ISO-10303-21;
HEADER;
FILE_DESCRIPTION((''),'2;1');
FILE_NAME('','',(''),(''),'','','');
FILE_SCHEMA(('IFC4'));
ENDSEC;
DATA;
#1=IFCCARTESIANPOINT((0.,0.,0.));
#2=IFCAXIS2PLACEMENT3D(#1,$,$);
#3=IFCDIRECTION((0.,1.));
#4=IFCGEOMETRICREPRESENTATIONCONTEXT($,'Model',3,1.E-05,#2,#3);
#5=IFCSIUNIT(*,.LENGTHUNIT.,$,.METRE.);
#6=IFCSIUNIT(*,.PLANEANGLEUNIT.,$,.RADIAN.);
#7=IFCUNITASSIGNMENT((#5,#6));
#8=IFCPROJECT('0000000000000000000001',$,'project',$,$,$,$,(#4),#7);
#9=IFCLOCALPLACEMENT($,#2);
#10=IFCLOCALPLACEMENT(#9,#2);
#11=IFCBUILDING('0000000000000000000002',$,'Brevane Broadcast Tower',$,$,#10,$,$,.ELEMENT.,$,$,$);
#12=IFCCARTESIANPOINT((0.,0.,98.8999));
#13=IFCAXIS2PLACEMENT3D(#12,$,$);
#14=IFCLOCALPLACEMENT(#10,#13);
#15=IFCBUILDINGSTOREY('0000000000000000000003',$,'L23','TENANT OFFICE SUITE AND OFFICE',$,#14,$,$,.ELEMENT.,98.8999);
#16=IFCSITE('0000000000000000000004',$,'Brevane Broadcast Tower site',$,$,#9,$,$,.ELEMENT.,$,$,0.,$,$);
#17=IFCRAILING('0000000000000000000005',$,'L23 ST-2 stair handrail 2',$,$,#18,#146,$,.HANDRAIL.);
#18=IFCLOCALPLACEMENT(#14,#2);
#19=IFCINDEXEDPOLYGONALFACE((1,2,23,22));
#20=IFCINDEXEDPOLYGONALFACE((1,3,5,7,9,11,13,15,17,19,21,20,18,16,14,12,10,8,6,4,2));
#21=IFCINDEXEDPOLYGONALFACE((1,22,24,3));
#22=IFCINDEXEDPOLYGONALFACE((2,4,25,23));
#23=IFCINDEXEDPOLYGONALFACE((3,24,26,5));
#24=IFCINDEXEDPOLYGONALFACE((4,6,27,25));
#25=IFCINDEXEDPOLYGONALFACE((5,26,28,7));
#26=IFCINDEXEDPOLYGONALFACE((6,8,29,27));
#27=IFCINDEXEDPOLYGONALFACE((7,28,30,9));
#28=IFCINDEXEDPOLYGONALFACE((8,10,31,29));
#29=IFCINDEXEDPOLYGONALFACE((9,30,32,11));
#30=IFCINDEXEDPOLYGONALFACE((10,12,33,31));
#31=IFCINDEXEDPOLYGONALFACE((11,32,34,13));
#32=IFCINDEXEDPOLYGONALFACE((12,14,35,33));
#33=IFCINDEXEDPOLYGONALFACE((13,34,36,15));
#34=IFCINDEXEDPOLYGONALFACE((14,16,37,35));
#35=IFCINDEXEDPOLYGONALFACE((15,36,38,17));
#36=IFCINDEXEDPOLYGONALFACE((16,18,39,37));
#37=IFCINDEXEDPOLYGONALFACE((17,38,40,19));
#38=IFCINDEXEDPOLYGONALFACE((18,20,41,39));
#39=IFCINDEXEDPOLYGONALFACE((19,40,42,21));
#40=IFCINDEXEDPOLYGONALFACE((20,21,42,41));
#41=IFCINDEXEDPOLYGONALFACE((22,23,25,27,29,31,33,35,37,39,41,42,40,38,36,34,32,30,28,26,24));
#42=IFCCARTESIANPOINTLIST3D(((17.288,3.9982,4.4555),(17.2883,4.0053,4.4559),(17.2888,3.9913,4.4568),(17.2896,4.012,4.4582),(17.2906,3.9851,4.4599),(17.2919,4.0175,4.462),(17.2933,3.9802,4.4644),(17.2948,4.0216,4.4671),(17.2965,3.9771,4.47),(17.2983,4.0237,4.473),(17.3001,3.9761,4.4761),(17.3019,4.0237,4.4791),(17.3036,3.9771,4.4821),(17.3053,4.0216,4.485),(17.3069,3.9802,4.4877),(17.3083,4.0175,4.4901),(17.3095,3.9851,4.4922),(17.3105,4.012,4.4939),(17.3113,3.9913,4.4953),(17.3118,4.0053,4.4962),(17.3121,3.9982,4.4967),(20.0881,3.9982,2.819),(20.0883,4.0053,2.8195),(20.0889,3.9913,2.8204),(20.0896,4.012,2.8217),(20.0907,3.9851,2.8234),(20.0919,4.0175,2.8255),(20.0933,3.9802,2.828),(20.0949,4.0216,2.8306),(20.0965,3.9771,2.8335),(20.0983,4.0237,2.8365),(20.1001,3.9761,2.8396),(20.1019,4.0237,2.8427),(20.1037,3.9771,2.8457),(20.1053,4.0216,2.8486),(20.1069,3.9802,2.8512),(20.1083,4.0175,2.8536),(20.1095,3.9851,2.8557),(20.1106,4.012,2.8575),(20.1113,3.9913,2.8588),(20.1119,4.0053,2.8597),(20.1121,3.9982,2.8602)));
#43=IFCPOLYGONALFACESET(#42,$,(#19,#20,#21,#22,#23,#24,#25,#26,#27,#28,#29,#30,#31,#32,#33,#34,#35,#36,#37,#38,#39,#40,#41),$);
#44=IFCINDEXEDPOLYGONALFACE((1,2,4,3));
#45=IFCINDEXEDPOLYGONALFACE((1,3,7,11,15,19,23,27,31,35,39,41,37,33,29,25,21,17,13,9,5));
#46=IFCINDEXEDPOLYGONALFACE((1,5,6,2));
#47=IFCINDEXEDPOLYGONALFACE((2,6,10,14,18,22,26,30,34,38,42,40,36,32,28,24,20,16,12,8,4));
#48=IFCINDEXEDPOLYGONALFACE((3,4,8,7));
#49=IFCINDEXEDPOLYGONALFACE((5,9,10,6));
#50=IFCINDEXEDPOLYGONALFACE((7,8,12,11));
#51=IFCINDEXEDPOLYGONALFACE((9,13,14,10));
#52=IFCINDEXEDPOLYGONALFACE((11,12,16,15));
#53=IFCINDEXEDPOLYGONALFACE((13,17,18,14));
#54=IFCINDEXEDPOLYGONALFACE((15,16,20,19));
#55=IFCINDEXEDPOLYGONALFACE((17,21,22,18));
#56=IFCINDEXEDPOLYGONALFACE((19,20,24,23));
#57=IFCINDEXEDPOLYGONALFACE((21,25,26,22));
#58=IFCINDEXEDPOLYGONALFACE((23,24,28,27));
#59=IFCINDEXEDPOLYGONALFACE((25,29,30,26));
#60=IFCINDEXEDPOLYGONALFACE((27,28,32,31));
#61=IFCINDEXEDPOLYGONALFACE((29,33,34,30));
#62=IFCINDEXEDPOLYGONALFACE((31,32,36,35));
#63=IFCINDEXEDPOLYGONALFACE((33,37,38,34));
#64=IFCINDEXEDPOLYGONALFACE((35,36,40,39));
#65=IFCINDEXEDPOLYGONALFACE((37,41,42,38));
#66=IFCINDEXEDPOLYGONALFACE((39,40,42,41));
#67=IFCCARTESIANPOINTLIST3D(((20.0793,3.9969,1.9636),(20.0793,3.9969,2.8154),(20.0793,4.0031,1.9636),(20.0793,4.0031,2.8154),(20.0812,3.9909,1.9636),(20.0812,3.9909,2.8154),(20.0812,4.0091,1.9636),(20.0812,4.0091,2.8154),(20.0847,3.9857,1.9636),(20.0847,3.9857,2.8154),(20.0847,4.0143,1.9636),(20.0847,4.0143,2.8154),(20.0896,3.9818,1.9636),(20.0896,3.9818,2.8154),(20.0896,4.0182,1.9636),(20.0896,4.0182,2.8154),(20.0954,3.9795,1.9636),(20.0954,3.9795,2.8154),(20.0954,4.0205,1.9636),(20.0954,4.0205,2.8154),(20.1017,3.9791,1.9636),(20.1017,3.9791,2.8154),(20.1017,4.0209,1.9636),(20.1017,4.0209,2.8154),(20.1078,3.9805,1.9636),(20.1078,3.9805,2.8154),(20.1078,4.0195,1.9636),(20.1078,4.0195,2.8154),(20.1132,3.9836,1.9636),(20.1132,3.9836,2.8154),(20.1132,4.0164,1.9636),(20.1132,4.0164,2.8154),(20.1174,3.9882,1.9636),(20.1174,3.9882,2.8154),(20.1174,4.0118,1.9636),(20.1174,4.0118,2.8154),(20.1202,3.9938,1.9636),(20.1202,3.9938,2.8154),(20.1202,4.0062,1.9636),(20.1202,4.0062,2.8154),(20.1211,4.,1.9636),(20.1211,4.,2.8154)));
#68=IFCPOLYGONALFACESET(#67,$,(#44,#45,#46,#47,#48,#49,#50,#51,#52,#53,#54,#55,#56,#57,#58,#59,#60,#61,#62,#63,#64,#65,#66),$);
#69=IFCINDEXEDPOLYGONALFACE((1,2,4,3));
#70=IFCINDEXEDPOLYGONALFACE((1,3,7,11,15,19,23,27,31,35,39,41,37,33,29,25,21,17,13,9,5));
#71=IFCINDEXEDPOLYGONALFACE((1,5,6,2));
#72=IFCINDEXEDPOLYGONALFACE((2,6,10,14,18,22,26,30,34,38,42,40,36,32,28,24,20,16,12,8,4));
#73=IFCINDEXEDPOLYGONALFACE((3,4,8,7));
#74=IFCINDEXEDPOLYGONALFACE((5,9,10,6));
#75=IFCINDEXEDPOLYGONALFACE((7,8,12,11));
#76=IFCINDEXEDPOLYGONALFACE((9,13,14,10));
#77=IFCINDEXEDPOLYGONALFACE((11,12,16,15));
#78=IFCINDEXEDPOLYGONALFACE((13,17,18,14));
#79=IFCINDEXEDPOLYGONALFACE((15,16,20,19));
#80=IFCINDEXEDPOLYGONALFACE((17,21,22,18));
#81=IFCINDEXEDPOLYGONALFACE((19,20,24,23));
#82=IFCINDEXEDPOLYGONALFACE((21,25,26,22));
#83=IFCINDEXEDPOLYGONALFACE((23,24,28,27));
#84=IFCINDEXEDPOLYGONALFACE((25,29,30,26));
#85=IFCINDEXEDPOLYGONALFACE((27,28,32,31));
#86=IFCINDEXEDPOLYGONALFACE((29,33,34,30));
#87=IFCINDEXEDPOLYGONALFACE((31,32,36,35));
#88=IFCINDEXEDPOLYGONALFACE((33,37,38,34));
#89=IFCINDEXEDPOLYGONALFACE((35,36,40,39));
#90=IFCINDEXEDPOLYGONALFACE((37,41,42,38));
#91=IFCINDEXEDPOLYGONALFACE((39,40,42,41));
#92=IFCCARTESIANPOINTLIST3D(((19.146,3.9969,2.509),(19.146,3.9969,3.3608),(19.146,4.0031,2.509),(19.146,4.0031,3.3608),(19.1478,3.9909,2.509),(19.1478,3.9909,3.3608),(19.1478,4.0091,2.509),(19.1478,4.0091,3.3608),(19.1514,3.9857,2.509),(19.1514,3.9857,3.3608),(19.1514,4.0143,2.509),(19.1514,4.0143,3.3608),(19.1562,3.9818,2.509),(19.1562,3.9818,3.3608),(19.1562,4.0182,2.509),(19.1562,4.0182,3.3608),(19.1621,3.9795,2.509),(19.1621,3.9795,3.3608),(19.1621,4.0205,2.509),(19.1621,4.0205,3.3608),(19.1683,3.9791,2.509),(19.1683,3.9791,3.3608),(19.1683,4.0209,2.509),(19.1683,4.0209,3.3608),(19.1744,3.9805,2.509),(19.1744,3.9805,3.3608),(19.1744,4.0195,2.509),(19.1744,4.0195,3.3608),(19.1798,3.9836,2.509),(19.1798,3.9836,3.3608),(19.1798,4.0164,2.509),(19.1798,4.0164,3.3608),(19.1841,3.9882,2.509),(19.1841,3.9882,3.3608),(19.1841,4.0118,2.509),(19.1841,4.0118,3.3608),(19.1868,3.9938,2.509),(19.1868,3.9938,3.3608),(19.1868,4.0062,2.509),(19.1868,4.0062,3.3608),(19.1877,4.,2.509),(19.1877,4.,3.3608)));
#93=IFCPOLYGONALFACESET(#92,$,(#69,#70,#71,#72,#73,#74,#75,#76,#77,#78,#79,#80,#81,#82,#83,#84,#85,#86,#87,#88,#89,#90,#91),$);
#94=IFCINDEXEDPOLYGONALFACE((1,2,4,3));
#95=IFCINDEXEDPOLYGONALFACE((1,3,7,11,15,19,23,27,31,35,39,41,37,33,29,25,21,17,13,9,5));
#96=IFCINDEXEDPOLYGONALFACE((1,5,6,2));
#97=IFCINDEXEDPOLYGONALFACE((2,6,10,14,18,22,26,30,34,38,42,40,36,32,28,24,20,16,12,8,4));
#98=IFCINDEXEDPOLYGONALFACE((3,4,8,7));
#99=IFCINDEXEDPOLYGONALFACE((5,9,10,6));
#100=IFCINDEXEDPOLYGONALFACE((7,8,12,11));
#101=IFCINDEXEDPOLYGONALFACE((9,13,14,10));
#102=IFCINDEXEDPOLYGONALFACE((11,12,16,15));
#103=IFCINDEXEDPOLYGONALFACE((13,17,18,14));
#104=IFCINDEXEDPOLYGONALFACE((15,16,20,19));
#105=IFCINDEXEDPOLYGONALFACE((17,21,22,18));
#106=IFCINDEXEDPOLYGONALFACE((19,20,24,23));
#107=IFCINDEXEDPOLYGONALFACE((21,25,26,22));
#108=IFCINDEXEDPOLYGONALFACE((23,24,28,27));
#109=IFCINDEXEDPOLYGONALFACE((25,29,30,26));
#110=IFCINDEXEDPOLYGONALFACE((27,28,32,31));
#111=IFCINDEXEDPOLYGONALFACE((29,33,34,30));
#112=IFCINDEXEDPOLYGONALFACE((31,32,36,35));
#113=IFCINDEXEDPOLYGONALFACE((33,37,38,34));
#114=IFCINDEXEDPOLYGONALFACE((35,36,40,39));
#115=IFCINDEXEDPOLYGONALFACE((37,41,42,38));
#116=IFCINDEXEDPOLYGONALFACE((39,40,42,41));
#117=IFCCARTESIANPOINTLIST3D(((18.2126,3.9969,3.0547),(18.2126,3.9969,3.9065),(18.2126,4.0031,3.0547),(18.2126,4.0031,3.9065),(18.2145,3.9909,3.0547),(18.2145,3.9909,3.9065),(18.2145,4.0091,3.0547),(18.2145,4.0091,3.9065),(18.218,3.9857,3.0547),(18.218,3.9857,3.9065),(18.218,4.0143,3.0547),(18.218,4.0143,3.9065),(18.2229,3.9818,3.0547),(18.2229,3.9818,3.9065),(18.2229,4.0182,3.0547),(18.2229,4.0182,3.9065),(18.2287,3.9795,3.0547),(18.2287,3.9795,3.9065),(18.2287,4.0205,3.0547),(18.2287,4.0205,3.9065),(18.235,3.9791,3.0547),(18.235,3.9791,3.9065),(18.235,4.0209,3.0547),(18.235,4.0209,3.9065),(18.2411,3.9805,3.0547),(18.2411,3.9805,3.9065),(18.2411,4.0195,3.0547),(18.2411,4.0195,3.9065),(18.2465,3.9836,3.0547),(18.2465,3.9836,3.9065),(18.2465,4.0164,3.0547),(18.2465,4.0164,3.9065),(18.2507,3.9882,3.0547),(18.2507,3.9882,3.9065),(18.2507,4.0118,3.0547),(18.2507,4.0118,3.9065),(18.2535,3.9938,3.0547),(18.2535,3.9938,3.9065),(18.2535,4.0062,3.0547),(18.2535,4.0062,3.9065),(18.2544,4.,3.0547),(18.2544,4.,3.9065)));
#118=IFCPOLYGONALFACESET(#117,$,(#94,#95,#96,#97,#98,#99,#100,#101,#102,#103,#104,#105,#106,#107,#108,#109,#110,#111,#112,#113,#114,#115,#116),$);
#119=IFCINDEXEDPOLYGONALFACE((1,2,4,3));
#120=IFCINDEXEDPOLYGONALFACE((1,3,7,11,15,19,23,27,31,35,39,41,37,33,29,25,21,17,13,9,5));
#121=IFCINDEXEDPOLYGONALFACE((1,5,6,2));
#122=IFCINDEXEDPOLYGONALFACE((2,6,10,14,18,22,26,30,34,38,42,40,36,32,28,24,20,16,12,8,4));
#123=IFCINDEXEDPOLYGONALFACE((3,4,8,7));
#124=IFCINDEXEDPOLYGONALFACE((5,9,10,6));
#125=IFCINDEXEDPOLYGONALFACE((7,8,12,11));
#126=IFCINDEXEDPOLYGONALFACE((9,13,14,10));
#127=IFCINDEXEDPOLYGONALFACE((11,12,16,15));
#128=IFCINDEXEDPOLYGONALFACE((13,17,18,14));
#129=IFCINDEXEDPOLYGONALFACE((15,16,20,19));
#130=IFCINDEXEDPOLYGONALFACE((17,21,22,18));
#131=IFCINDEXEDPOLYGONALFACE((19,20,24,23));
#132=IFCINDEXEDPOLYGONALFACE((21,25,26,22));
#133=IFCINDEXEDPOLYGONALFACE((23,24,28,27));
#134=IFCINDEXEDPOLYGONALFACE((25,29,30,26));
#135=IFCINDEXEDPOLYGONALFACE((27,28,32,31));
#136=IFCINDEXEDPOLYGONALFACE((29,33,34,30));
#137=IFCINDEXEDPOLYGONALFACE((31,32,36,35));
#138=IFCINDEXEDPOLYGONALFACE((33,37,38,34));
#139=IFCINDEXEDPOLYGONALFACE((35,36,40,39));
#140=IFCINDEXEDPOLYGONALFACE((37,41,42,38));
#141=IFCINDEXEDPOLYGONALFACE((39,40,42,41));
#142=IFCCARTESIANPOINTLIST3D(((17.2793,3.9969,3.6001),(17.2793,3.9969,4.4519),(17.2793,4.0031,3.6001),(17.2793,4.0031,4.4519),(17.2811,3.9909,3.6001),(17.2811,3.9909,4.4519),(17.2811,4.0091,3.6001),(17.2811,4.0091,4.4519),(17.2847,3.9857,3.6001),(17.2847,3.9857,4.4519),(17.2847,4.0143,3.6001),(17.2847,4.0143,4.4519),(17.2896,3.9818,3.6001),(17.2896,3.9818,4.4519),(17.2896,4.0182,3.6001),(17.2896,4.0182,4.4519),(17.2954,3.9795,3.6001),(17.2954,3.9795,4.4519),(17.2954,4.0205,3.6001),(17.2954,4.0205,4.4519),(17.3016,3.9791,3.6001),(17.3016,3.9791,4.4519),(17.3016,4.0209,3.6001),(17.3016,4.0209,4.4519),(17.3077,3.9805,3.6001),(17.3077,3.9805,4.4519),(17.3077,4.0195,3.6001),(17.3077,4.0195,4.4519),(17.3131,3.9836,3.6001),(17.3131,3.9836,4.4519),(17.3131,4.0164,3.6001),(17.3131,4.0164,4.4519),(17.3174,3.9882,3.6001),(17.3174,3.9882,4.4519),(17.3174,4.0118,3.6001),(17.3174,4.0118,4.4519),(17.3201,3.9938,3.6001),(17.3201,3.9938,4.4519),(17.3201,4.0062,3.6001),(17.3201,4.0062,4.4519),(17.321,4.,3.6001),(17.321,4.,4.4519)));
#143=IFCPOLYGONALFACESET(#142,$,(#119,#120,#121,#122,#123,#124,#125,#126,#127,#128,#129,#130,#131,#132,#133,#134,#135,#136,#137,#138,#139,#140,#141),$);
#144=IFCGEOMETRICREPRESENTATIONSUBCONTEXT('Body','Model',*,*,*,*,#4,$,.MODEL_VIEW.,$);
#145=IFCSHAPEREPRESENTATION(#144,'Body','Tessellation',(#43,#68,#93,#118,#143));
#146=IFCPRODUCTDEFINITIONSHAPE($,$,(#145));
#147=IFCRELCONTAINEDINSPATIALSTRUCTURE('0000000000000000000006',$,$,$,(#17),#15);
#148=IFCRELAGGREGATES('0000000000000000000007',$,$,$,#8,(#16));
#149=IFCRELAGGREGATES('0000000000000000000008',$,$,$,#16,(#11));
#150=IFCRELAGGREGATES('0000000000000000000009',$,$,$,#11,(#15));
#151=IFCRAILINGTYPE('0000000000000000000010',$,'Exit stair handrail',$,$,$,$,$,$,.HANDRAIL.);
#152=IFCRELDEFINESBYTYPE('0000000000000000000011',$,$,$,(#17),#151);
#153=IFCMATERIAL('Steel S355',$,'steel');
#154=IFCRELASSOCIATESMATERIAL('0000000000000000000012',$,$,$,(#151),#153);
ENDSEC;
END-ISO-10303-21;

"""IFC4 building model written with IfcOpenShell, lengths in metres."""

from ifc_helpers import new_model, si_unit, direction, frame, origin, origin_2d, place, context, subcontext, project, spatial, circle, extrude, material, type_object, element, save


model = new_model("IFC4")

# Units and contexts
model_context = context("Model", 3, precision=1e-05, world=origin(), true_north=direction((0.0, 1.0)))
body_context = subcontext(model_context, "Body", "Model", "MODEL_VIEW")
ifc_project = project(units=[si_unit("LENGTHUNIT", "METRE"), si_unit("PLANEANGLEUNIT", "RADIAN")], contexts=[model_context])

# Site, building, storey
site_placement = place(None, origin())
site = spatial("IfcSite", under=ifc_project, at=site_placement, Name="Brevane Broadcast Tower site", CompositionType="ELEMENT", RefElevation=0.0)
building_placement = place(site_placement, origin())
building = spatial("IfcBuilding", under=site, at=building_placement, Name="Brevane Broadcast Tower", CompositionType="ELEMENT")
storey_placement = place(building_placement, frame((0.0, 0.0, 98.8999)))
storey = spatial("IfcBuildingStorey", under=building, at=storey_placement, Name="L23", Description="TENANT OFFICE SUITE AND OFFICE", CompositionType="ELEMENT", Elevation=98.8999)

# Railing
ifc_material_1 = material(Name="Steel S355", Category="steel")
railing_type_1 = type_object("IfcRailingType", Name="Exit stair handrail", PredefinedType="HANDRAIL", material=ifc_material_1)
railing_1_placement = place(storey_placement, frame((20.1001, 4.0, 1.9636)))
element("IfcRailing", 1, at=railing_1_placement, inside=storey, type_object=railing_type_1, Name="L23 ST-2 stair handrail 2", PredefinedType="HANDRAIL", context=body_context, shape_type="SweptSolid", body=[
    extrude(circle(Radius=0.0239, at=origin_2d()), frame((0.0, 0.0, 0.876), z_axis=(-0.863361, 0.0, 0.504587), x_axis=(0.0, -1.0, 0.0)), (0.0, 0.0, 1.0), 3.2432),
    extrude(circle(Radius=0.021, at=origin_2d()), origin(), (0.0, 0.0, 1.0), 0.8518),
    extrude(circle(Radius=0.021, at=origin_2d()), frame((-0.9333, 0.0, 0.5454)), (0.0, 0.0, 1.0), 0.8518),
    extrude(circle(Radius=0.021, at=origin_2d()), frame((-1.8667, 0.0, 1.0911)), (0.0, 0.0, 1.0), 0.8518),
    extrude(circle(Radius=0.021, at=origin_2d()), frame((-2.8, 0.0, 1.6365)), (0.0, 0.0, 1.0), 0.8518),
])

save(model, "model.ifc")
